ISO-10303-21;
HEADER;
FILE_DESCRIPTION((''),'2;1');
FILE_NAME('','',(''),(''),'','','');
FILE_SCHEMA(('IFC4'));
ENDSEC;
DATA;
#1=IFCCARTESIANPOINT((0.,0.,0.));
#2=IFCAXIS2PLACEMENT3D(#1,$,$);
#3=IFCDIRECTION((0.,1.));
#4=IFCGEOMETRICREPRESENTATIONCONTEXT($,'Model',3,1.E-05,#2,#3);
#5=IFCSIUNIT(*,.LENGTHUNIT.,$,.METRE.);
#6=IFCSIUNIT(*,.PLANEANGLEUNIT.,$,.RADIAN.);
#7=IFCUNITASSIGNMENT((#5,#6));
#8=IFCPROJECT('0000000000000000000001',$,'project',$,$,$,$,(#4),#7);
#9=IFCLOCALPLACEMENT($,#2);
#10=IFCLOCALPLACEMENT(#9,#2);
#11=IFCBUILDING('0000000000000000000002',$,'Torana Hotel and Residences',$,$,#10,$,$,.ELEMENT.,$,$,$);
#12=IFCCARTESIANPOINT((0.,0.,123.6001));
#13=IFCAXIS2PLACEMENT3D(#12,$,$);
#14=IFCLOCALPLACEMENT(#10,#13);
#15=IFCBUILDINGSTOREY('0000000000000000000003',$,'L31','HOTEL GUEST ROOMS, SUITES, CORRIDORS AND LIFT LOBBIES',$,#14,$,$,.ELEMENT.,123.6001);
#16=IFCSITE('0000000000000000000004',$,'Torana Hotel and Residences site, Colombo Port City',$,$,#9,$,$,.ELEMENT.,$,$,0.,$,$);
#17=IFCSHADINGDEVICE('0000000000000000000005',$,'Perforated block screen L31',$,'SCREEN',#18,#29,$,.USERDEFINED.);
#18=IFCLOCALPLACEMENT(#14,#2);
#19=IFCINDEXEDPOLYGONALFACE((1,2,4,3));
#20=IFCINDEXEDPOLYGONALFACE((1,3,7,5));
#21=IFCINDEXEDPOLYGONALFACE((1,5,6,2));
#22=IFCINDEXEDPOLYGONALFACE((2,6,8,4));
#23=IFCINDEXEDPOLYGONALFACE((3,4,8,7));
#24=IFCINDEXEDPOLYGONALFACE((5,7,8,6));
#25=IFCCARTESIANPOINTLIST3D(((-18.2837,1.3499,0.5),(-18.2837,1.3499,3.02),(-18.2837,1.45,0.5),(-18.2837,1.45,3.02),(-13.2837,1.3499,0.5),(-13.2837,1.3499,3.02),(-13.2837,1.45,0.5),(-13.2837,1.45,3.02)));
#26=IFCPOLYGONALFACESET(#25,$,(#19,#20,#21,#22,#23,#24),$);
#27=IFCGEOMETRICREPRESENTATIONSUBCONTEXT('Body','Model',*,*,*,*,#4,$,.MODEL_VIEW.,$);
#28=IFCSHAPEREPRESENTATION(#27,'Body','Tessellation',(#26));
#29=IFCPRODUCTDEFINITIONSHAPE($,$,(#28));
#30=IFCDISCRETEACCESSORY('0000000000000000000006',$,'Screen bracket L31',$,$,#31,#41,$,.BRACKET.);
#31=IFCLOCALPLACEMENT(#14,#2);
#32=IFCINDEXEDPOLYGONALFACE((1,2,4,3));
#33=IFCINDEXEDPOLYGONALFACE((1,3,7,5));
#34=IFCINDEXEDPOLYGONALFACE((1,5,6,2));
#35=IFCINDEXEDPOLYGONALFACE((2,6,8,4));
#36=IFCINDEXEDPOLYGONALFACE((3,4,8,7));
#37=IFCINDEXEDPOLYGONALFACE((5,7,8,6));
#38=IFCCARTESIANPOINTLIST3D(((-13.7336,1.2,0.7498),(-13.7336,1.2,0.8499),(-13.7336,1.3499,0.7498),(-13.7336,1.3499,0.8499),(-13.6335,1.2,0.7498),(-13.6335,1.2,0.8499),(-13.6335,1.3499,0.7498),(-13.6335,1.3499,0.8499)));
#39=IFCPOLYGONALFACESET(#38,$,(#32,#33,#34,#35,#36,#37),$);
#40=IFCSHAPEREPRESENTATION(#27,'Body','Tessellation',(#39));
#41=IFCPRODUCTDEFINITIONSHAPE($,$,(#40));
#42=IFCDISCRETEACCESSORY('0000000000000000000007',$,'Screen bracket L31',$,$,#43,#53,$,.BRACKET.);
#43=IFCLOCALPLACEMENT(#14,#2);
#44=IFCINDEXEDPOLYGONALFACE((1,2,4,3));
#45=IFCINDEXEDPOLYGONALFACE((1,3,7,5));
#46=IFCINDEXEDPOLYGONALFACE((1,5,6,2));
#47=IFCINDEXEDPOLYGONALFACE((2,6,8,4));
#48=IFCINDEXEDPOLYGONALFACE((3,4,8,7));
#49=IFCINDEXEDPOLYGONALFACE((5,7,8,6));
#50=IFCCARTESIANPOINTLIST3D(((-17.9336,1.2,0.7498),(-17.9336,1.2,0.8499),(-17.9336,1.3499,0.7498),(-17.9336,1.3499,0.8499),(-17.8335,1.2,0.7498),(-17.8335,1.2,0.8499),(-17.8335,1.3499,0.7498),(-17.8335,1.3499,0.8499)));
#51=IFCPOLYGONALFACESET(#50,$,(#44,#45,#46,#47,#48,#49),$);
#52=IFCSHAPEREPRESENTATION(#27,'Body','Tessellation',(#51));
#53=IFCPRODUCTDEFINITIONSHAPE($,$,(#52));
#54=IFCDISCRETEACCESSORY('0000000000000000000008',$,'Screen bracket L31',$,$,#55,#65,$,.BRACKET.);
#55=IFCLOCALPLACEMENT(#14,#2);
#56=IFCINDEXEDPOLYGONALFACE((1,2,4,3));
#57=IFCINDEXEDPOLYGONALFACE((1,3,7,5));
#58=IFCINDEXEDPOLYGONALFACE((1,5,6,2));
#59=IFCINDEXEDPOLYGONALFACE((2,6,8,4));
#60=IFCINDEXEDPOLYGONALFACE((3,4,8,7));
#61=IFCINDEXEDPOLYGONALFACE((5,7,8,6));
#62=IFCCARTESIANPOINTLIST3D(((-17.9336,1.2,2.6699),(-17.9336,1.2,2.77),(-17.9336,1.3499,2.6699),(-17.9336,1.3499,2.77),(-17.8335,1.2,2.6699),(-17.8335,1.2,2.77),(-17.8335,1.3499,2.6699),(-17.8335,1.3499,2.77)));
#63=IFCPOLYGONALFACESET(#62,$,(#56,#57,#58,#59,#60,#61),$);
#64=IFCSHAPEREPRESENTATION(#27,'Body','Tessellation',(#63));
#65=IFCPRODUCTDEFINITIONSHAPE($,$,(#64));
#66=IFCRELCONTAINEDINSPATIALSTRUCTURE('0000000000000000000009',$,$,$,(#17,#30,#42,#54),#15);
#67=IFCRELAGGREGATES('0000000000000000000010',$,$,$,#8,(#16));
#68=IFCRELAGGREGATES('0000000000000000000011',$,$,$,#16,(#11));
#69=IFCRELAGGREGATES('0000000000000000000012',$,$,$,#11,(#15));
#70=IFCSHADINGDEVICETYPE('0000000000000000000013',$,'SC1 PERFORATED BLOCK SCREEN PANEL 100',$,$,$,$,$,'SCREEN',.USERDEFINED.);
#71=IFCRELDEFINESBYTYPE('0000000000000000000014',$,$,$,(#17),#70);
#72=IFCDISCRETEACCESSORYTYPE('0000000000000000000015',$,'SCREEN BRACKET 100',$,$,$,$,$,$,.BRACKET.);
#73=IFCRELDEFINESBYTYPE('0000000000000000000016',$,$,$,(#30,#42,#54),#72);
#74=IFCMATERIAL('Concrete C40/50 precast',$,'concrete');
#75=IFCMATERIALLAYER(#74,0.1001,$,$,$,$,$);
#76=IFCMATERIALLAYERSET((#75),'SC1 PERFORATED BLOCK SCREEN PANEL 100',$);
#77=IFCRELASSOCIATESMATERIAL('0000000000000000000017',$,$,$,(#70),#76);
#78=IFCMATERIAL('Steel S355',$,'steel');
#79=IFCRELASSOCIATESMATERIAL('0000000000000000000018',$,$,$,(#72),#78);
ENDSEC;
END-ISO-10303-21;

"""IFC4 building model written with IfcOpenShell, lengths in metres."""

from ifc_helpers import new_model, si_unit, direction, frame, origin, origin_2d, place, context, subcontext, project, spatial, rectangle, extrude, material, layer, layer_set, type_object, element, save


model = new_model("IFC4")

# Units and contexts
model_context = context("Model", 3, precision=1e-05, world=origin(), true_north=direction((0.0, 1.0)))
body_context = subcontext(model_context, "Body", "Model", "MODEL_VIEW")
ifc_project = project(units=[si_unit("LENGTHUNIT", "METRE"), si_unit("PLANEANGLEUNIT", "RADIAN")], contexts=[model_context])

# Site, building, storey
site_placement = place(None, origin())
site = spatial("IfcSite", under=ifc_project, at=site_placement, Name="Torana Hotel and Residences site, Colombo Port City", CompositionType="ELEMENT", RefElevation=0.0)
building_placement = place(site_placement, origin())
building = spatial("IfcBuilding", under=site, at=building_placement, Name="Torana Hotel and Residences", CompositionType="ELEMENT")
storey_placement = place(building_placement, frame((0.0, 0.0, 123.6001)))
storey = spatial("IfcBuildingStorey", under=building, at=storey_placement, Name="L31", Description="HOTEL GUEST ROOMS, SUITES, CORRIDORS AND LIFT LOBBIES", CompositionType="ELEMENT", Elevation=123.6001)

# Shading device
ifc_material_1 = material(Name="Concrete C40/50 precast", Category="concrete")
ifc_layer_1 = layer(ifc_material_1, 0.1001)
ifc_layer_set_1 = layer_set([ifc_layer_1], Name="SC1 PERFORATED BLOCK SCREEN PANEL 100")
shading_device_type = type_object("IfcShadingDeviceType", Name="SC1 PERFORATED BLOCK SCREEN PANEL 100", ElementType="SCREEN", PredefinedType="USERDEFINED", material=ifc_layer_set_1)
shading_device_placement = place(storey_placement, frame((-15.7837, 1.3999, 0.5), z_axis=(0.0, 0.0, 1.0), x_axis=(-1.0, 0.0, 0.0)))
element("IfcShadingDevice", 1, at=shading_device_placement, inside=storey, type_object=shading_device_type, Name="Perforated block screen L31", ObjectType="SCREEN", PredefinedType="USERDEFINED", context=body_context, shape_type="SweptSolid", body=[
    extrude(rectangle(XDim=5.0, YDim=0.1001, at=origin_2d()), origin(), (0.0, 0.0, 1.0), 2.52),
])

# Discrete accessories
ifc_material_2 = material(Name="Steel S355", Category="steel")
discrete_accessory_type = type_object("IfcDiscreteAccessoryType", Name="SCREEN BRACKET 100", PredefinedType="BRACKET", material=ifc_material_2)
for number, where, z_axis, x_axis, name in (
    (2, (-13.6836, 1.2749, 0.7498), (0.0, 0.0, 1.0), (-1.0, 0.0, 0.0), "Screen bracket L31"),
    (3, (-17.8835, 1.2749, 0.7498), (0.0, 0.0, 1.0), (-1.0, 0.0, 0.0), "Screen bracket L31"),
    (4, (-17.8835, 1.2749, 2.6699), (0.0, 0.0, 1.0), (-1.0, 0.0, 0.0), "Screen bracket L31"),
):
    element("IfcDiscreteAccessory", number, at=place(storey_placement, frame(where, z_axis=z_axis, x_axis=x_axis)), inside=storey, type_object=discrete_accessory_type, Name=name, PredefinedType="BRACKET", context=body_context, shape_type="SweptSolid", body=[
        extrude(rectangle(XDim=0.1001, YDim=0.1499, at=origin_2d()), origin(), (0.0, 0.0, 1.0), 0.1001),
    ])

save(model, "model.ifc")
